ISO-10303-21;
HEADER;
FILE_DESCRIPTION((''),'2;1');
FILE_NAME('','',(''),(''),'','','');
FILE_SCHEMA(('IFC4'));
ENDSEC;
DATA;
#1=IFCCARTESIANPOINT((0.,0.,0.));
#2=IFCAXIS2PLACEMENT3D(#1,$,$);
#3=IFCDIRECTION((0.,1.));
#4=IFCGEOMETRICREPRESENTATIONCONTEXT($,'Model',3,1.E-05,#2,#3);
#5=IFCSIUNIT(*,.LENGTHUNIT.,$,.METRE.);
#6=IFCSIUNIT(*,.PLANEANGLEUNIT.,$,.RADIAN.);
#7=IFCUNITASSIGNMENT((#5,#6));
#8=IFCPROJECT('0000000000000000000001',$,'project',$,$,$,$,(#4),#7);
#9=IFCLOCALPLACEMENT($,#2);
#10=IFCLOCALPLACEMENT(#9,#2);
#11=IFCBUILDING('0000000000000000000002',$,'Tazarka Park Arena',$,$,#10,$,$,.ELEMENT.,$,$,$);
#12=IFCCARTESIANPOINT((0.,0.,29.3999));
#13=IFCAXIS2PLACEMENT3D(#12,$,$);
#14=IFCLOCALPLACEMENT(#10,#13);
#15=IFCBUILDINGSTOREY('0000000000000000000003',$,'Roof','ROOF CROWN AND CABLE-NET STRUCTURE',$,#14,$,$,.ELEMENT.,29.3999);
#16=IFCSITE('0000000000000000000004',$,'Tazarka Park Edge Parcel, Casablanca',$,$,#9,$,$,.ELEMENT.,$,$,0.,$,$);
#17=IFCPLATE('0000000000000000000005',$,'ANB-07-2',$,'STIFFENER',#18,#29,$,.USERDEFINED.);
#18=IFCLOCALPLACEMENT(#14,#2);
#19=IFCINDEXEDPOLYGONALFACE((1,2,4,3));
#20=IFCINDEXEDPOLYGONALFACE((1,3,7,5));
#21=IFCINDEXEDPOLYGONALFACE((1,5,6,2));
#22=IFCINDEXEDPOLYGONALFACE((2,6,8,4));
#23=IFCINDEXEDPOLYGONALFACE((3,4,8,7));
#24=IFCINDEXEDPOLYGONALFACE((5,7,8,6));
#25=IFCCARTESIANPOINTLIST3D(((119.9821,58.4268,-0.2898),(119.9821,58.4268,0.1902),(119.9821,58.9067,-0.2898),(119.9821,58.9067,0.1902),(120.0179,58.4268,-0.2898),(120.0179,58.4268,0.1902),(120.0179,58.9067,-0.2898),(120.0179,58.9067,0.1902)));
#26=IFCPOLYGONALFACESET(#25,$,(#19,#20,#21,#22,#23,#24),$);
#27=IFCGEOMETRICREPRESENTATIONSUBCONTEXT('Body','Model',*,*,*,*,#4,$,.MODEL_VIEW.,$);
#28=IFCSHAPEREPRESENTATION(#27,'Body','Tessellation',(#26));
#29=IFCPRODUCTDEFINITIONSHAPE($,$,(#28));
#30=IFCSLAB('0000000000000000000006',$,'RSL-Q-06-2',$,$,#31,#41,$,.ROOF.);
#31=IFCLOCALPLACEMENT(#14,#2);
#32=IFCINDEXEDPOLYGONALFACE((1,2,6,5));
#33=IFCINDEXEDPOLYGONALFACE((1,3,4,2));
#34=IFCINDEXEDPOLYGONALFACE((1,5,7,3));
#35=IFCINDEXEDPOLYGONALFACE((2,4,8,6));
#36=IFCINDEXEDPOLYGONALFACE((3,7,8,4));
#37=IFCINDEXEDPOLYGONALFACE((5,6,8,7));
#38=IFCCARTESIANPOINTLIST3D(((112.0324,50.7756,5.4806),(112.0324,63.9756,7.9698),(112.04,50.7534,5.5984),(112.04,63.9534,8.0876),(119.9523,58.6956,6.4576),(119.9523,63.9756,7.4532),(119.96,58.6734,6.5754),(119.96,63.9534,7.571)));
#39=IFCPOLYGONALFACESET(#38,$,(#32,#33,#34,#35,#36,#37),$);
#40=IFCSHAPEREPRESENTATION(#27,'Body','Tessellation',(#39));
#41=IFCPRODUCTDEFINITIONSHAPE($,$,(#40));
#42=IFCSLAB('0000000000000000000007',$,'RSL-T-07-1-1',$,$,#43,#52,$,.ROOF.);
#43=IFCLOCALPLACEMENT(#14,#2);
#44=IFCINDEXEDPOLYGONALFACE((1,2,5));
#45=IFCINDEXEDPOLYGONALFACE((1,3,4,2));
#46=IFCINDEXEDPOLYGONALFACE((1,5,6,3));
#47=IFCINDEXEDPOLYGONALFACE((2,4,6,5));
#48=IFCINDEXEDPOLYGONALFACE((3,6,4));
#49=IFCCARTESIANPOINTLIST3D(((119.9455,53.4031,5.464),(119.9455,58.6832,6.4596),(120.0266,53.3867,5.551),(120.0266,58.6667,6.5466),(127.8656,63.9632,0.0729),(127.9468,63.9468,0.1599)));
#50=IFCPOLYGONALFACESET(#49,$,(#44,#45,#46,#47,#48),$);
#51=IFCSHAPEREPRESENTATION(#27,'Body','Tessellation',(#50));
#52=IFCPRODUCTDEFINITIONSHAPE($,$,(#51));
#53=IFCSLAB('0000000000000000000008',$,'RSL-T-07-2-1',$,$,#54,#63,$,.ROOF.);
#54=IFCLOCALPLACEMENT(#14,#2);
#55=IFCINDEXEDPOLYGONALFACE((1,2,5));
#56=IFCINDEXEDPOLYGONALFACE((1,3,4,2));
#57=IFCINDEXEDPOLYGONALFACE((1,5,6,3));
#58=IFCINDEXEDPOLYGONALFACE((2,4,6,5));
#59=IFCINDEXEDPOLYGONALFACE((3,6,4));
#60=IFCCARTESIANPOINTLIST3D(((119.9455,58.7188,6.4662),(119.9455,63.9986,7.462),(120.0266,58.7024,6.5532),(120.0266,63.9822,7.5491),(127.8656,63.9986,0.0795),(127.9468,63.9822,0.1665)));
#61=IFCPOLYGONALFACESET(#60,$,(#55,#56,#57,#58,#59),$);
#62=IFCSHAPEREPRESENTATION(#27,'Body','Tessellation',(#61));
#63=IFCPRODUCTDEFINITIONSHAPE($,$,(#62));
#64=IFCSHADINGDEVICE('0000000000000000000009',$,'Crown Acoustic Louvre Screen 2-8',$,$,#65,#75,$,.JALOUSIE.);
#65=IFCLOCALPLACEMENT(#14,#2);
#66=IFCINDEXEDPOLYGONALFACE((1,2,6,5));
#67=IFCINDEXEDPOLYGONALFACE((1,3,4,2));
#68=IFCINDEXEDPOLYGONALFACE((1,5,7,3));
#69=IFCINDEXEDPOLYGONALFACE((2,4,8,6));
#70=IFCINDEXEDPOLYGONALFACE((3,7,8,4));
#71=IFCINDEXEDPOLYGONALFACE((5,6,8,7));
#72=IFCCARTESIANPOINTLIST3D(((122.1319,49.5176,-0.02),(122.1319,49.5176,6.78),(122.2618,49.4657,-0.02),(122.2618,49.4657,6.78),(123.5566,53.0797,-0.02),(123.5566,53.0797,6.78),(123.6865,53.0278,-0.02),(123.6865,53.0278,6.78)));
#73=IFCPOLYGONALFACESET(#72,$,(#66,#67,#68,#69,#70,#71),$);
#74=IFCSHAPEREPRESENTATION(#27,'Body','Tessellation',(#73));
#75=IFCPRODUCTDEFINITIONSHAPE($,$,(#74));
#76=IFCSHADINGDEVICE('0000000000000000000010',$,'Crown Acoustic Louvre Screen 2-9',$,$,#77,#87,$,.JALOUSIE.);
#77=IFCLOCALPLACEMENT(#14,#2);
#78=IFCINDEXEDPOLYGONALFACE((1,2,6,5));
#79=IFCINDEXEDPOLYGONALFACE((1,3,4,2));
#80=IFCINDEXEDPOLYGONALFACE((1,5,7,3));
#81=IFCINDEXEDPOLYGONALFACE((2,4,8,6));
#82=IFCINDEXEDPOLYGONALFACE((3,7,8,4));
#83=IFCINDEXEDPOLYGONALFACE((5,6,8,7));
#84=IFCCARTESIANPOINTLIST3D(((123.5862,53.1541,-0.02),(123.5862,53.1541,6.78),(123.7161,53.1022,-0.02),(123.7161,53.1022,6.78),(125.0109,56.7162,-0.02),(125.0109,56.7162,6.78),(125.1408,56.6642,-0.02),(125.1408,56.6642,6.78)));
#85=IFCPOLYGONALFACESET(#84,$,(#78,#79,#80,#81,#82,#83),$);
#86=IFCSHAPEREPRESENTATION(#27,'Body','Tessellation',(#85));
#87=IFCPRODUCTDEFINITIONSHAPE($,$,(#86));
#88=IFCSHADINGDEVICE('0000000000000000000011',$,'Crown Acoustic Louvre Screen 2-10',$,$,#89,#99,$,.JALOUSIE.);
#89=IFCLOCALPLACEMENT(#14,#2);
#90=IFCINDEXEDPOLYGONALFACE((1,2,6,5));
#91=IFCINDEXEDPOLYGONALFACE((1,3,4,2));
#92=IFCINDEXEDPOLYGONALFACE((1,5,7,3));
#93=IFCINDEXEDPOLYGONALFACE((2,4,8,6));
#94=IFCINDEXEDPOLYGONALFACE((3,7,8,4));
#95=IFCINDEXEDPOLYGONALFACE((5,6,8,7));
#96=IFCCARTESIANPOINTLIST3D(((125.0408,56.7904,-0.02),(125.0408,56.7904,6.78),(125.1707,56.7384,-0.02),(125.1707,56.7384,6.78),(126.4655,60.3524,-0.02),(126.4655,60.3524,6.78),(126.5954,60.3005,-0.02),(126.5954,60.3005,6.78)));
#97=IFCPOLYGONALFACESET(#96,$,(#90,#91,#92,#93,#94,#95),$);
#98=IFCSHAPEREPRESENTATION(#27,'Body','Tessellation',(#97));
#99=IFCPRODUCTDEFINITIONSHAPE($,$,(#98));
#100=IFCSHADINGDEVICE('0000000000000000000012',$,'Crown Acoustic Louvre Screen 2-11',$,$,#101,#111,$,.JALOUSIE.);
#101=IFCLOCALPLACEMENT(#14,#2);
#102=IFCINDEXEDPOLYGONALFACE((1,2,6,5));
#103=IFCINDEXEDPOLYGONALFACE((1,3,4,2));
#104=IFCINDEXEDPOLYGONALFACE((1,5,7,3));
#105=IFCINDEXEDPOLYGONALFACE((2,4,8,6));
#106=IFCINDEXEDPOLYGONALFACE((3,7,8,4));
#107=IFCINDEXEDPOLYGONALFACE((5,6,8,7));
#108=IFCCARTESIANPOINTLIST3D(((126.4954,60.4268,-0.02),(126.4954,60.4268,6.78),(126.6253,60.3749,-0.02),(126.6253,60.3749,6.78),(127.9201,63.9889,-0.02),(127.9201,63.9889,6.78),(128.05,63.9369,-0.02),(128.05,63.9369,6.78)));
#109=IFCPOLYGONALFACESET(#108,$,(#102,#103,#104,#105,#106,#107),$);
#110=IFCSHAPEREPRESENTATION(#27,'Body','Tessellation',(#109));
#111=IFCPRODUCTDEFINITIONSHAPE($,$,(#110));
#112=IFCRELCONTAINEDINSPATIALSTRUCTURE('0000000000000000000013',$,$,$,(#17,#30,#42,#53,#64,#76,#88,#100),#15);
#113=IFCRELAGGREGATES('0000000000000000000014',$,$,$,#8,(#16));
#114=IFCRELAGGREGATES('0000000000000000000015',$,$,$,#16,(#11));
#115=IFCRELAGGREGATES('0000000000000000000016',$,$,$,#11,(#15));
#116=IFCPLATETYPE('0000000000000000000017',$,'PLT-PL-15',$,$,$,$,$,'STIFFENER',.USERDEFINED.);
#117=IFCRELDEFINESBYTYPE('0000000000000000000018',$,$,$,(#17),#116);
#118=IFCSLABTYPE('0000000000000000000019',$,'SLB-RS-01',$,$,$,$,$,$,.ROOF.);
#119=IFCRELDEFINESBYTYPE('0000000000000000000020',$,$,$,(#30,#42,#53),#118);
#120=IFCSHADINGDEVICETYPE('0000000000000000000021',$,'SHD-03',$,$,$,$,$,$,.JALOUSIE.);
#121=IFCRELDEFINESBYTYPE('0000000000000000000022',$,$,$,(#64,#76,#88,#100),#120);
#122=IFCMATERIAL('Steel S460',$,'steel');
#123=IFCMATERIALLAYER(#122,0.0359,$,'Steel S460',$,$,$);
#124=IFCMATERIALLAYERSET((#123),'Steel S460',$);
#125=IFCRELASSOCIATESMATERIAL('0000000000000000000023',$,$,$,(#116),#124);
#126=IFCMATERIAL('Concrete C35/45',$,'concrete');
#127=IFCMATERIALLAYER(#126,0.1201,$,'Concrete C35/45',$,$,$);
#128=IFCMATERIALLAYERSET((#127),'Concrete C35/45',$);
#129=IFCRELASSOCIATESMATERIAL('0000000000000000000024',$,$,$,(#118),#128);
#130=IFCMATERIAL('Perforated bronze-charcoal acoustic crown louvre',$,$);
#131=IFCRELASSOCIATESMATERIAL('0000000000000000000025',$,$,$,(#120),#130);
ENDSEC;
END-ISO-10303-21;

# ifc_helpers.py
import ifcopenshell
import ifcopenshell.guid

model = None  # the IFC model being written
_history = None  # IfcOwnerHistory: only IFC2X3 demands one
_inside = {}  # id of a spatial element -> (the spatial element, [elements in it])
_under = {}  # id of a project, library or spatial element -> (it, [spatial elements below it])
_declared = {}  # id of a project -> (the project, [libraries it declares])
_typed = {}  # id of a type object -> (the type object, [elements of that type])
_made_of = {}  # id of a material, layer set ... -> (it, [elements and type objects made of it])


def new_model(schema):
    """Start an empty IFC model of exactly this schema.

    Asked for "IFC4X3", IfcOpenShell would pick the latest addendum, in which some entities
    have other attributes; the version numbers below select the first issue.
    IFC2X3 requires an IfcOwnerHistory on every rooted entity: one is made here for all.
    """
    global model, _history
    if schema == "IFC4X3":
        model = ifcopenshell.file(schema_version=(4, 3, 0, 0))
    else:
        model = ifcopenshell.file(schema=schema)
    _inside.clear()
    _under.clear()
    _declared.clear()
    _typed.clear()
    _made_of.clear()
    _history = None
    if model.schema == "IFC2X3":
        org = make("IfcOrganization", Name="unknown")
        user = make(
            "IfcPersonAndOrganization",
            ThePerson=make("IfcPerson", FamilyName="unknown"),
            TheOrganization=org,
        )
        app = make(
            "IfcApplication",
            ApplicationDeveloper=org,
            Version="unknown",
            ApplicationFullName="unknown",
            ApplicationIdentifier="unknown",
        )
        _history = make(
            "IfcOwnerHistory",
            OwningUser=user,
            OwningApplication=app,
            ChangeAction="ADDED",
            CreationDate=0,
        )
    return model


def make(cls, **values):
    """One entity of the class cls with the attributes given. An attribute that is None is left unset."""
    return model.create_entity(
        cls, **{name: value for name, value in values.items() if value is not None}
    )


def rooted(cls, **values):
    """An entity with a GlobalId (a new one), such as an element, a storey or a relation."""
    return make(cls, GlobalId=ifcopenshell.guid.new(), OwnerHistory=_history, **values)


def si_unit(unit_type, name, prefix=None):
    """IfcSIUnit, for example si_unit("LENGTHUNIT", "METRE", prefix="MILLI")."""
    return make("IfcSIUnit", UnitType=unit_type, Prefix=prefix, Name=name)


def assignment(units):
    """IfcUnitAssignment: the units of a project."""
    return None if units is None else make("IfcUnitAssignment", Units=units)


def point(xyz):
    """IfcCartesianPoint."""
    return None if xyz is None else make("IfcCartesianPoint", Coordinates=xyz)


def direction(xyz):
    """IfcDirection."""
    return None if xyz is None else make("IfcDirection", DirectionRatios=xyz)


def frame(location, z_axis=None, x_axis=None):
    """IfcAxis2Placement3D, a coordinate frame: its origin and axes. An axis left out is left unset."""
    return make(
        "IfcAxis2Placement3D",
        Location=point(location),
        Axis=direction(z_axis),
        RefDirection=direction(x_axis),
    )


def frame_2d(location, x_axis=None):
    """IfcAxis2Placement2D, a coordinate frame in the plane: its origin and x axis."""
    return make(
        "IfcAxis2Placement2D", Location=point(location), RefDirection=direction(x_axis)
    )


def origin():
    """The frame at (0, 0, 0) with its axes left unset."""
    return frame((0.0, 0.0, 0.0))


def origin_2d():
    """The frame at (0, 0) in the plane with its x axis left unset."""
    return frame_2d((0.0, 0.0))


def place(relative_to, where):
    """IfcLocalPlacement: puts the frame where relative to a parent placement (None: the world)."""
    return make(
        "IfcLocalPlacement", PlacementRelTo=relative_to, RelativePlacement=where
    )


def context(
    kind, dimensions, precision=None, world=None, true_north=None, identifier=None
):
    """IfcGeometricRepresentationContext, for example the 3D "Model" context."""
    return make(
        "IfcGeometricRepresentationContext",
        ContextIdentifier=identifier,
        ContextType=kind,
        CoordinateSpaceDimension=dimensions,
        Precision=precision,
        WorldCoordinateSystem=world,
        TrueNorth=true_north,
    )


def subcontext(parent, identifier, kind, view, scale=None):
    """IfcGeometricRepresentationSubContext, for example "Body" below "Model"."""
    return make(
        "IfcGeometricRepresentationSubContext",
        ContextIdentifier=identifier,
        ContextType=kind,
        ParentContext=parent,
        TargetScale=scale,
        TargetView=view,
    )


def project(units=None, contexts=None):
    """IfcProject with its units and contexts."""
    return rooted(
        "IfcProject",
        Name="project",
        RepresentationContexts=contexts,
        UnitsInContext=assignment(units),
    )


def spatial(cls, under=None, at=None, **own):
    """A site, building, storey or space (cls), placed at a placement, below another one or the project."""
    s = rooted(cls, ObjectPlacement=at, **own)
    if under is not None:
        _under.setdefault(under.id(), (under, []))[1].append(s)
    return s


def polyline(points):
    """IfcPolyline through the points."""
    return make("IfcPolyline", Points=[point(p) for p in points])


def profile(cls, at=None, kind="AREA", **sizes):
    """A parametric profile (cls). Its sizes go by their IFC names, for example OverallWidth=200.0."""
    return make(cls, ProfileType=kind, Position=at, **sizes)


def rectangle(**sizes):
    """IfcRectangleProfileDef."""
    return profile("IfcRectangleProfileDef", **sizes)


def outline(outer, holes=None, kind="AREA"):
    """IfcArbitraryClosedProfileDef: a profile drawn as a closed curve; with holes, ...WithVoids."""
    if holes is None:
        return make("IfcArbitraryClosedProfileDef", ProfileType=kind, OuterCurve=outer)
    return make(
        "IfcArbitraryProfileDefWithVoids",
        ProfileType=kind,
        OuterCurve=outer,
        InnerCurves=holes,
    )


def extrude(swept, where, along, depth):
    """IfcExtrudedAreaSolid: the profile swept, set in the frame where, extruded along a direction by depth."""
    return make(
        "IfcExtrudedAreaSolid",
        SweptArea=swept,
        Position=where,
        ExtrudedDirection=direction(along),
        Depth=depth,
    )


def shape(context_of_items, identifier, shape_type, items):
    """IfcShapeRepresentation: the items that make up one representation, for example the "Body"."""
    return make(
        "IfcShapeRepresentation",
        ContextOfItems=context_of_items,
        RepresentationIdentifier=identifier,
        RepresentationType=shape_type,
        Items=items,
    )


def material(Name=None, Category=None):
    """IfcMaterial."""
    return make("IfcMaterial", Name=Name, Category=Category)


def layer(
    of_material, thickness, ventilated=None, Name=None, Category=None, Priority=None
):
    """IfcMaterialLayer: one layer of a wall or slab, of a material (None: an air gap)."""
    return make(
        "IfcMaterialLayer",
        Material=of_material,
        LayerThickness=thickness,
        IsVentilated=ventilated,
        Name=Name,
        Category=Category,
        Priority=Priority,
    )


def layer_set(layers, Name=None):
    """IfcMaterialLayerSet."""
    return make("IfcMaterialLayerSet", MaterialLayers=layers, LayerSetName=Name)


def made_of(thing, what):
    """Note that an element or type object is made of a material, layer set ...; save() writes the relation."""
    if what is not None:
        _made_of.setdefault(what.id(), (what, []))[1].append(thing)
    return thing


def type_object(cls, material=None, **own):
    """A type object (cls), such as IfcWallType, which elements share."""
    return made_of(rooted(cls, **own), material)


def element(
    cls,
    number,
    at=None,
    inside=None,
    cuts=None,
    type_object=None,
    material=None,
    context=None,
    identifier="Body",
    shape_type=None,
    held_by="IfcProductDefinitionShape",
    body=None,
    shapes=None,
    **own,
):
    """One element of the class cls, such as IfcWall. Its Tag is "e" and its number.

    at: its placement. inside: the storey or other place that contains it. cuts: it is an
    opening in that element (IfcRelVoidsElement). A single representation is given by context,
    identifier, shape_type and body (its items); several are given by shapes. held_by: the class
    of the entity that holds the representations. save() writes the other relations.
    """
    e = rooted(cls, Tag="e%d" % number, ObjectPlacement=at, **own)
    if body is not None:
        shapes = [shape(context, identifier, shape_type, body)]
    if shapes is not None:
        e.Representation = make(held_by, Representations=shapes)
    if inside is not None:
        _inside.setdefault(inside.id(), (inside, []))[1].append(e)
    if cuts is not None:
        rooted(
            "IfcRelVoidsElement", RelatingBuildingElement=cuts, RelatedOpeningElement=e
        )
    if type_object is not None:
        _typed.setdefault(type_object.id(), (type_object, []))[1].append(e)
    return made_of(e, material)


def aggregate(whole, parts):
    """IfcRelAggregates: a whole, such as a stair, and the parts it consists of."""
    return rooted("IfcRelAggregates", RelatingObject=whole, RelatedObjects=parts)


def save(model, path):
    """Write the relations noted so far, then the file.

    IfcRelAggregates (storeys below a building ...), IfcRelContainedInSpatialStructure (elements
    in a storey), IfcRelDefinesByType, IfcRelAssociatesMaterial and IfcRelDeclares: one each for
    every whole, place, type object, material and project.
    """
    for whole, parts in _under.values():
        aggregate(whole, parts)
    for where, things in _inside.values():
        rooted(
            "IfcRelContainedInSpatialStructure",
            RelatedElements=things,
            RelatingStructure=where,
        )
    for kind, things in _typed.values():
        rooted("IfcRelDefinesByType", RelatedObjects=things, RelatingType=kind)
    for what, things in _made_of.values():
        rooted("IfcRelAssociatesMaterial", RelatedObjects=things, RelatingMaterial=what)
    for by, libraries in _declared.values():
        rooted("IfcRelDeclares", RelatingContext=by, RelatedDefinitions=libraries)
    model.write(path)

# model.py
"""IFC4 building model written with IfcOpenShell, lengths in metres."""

from ifc_helpers import new_model, si_unit, direction, frame, origin, origin_2d, place, context, subcontext, project, spatial, polyline, rectangle, outline, extrude, material, layer, layer_set, type_object, element, save


model = new_model("IFC4")

# Units and contexts
model_context = context("Model", 3, precision=1e-05, world=origin(), true_north=direction((0.0, 1.0)))
body_context = subcontext(model_context, "Body", "Model", "MODEL_VIEW")
ifc_project = project(units=[si_unit("LENGTHUNIT", "METRE"), si_unit("PLANEANGLEUNIT", "RADIAN")], contexts=[model_context])

# Site, building, storey
site_placement = place(None, origin())
site = spatial("IfcSite", under=ifc_project, at=site_placement, Name="Tazarka Park Edge Parcel, Casablanca", CompositionType="ELEMENT", RefElevation=0.0)
building_placement = place(site_placement, origin())
building = spatial("IfcBuilding", under=site, at=building_placement, Name="Tazarka Park Arena", CompositionType="ELEMENT")
storey_placement = place(building_placement, frame((0.0, 0.0, 29.3999)))
storey = spatial("IfcBuildingStorey", under=building, at=storey_placement, Name="Roof", Description="ROOF CROWN AND CABLE-NET STRUCTURE", CompositionType="ELEMENT", Elevation=29.3999)

# Plate
ifc_material_1 = material(Name="Steel S460", Category="steel")
ifc_layer_1 = layer(ifc_material_1, 0.0359, Name="Steel S460")
ifc_layer_set_1 = layer_set([ifc_layer_1], Name="Steel S460")
plate_type_1 = type_object("IfcPlateType", Name="PLT-PL-15", ElementType="STIFFENER", PredefinedType="USERDEFINED", material=ifc_layer_set_1)
for number, where, z_axis, x_axis, name in (
    (1, (120.0, 58.6667, -0.2898), (0.0, 0.0, 1.0), (1.0, 0.0, 0.0), "ANB-07-2"),
):
    element("IfcPlate", number, at=place(storey_placement, frame(where, z_axis=z_axis, x_axis=x_axis)), inside=storey, type_object=plate_type_1, Name=name, ObjectType="STIFFENER", PredefinedType="USERDEFINED", context=body_context, shape_type="SweptSolid", body=[
        extrude(rectangle(XDim=0.0359, YDim=0.48, at=origin_2d()), origin(), (0.0, 0.0, 1.0), 0.48),
    ])

# Slabs
ifc_material_2 = material(Name="Concrete C35/45", Category="concrete")
ifc_layer_2 = layer(ifc_material_2, 0.1201, Name="Concrete C35/45")
ifc_layer_set_2 = layer_set([ifc_layer_2], Name="Concrete C35/45")
slab_type = type_object("IfcSlabType", Name="SLB-RS-01", PredefinedType="ROOF", material=ifc_layer_set_2)
slab_1_placement = place(storey_placement, frame((112.04, 50.7534, 5.5984), z_axis=(0.063958, -0.18493, 0.980668), x_axis=(0.704431, 0.704433, 0.086897)))
element("IfcSlab", 2, at=slab_1_placement, inside=storey, type_object=slab_type, Name="RSL-Q-06-2", PredefinedType="ROOF", context=body_context, shape_type="SweptSolid", body=[
    extrude(outline(polyline([(0.0, 0.0), (11.243, 0.0), (15.0489, 3.7927), (9.5148, 9.4818), (0.0, 0.0)])), origin(), (0.0, 0.0, -1.0), 0.1201),
])
slab_2_placement = place(storey_placement, frame((120.0266, 53.3867, 5.551), z_axis=(0.675438, -0.13664, 0.724647), x_axis=(0.555465, 0.740609, -0.378095)))
element("IfcSlab", 3, at=slab_2_placement, inside=storey, type_object=slab_type, Name="RSL-T-07-1-1", PredefinedType="ROOF", context=body_context, shape_type="SweptSolid", body=[
    extrude(outline(polyline([(0.0, 0.0), (14.2586, 0.0), (3.534, 4.0473), (0.0, 0.0)])), origin(), (0.0, 0.0, -1.0), 0.1201),
])
slab_3_placement = place(storey_placement, frame((120.0266, 58.7024, 6.5532), z_axis=(0.675446, -0.136677, 0.724632), x_axis=(0.690946, 0.460602, -0.55717)))
element("IfcSlab", 4, at=slab_3_placement, inside=storey, type_object=slab_type, Name="RSL-T-07-2-1", PredefinedType="ROOF", context=body_context, shape_type="SweptSolid", body=[
    extrude(outline(polyline([(0.0, 0.0), (11.4628, 0.0), (1.877, 5.0343), (0.0, 0.0)])), origin(), (0.0, 0.0, -1.0), 0.1201),
])

# Shading devices
ifc_material_3 = material(Name="Perforated bronze-charcoal acoustic crown louvre")
shading_device_type = type_object("IfcShadingDeviceType", Name="SHD-03", PredefinedType="JALOUSIE", material=ifc_material_3)
for number, where, z_axis, x_axis, name in (
    (5, (122.9092, 51.2727, -0.02), (0.0, 0.0, 1.0), (0.371368, 0.928486, 0.0), "Crown Acoustic Louvre Screen 2-8"),
    (6, (124.3635, 54.9092, -0.02), (0.0, 0.0, 1.0), (0.371368, 0.928486, 0.0), "Crown Acoustic Louvre Screen 2-9"),
    (7, (125.8181, 58.5454, -0.02), (0.0, 0.0, 1.0), (0.371368, 0.928486, 0.0), "Crown Acoustic Louvre Screen 2-10"),
    (8, (127.2727, 62.1819, -0.02), (0.0, 0.0, 1.0), (0.371368, 0.928486, 0.0), "Crown Acoustic Louvre Screen 2-11"),
):
    element("IfcShadingDevice", number, at=place(storey_placement, frame(where, z_axis=z_axis, x_axis=x_axis)), inside=storey, type_object=shading_device_type, Name=name, PredefinedType="JALOUSIE", context=body_context, shape_type="SweptSolid", body=[
        extrude(rectangle(XDim=3.8364, YDim=0.1399, at=origin_2d()), origin(), (0.0, 0.0, 1.0), 6.8),
    ])

save(model, "model.ifc")
